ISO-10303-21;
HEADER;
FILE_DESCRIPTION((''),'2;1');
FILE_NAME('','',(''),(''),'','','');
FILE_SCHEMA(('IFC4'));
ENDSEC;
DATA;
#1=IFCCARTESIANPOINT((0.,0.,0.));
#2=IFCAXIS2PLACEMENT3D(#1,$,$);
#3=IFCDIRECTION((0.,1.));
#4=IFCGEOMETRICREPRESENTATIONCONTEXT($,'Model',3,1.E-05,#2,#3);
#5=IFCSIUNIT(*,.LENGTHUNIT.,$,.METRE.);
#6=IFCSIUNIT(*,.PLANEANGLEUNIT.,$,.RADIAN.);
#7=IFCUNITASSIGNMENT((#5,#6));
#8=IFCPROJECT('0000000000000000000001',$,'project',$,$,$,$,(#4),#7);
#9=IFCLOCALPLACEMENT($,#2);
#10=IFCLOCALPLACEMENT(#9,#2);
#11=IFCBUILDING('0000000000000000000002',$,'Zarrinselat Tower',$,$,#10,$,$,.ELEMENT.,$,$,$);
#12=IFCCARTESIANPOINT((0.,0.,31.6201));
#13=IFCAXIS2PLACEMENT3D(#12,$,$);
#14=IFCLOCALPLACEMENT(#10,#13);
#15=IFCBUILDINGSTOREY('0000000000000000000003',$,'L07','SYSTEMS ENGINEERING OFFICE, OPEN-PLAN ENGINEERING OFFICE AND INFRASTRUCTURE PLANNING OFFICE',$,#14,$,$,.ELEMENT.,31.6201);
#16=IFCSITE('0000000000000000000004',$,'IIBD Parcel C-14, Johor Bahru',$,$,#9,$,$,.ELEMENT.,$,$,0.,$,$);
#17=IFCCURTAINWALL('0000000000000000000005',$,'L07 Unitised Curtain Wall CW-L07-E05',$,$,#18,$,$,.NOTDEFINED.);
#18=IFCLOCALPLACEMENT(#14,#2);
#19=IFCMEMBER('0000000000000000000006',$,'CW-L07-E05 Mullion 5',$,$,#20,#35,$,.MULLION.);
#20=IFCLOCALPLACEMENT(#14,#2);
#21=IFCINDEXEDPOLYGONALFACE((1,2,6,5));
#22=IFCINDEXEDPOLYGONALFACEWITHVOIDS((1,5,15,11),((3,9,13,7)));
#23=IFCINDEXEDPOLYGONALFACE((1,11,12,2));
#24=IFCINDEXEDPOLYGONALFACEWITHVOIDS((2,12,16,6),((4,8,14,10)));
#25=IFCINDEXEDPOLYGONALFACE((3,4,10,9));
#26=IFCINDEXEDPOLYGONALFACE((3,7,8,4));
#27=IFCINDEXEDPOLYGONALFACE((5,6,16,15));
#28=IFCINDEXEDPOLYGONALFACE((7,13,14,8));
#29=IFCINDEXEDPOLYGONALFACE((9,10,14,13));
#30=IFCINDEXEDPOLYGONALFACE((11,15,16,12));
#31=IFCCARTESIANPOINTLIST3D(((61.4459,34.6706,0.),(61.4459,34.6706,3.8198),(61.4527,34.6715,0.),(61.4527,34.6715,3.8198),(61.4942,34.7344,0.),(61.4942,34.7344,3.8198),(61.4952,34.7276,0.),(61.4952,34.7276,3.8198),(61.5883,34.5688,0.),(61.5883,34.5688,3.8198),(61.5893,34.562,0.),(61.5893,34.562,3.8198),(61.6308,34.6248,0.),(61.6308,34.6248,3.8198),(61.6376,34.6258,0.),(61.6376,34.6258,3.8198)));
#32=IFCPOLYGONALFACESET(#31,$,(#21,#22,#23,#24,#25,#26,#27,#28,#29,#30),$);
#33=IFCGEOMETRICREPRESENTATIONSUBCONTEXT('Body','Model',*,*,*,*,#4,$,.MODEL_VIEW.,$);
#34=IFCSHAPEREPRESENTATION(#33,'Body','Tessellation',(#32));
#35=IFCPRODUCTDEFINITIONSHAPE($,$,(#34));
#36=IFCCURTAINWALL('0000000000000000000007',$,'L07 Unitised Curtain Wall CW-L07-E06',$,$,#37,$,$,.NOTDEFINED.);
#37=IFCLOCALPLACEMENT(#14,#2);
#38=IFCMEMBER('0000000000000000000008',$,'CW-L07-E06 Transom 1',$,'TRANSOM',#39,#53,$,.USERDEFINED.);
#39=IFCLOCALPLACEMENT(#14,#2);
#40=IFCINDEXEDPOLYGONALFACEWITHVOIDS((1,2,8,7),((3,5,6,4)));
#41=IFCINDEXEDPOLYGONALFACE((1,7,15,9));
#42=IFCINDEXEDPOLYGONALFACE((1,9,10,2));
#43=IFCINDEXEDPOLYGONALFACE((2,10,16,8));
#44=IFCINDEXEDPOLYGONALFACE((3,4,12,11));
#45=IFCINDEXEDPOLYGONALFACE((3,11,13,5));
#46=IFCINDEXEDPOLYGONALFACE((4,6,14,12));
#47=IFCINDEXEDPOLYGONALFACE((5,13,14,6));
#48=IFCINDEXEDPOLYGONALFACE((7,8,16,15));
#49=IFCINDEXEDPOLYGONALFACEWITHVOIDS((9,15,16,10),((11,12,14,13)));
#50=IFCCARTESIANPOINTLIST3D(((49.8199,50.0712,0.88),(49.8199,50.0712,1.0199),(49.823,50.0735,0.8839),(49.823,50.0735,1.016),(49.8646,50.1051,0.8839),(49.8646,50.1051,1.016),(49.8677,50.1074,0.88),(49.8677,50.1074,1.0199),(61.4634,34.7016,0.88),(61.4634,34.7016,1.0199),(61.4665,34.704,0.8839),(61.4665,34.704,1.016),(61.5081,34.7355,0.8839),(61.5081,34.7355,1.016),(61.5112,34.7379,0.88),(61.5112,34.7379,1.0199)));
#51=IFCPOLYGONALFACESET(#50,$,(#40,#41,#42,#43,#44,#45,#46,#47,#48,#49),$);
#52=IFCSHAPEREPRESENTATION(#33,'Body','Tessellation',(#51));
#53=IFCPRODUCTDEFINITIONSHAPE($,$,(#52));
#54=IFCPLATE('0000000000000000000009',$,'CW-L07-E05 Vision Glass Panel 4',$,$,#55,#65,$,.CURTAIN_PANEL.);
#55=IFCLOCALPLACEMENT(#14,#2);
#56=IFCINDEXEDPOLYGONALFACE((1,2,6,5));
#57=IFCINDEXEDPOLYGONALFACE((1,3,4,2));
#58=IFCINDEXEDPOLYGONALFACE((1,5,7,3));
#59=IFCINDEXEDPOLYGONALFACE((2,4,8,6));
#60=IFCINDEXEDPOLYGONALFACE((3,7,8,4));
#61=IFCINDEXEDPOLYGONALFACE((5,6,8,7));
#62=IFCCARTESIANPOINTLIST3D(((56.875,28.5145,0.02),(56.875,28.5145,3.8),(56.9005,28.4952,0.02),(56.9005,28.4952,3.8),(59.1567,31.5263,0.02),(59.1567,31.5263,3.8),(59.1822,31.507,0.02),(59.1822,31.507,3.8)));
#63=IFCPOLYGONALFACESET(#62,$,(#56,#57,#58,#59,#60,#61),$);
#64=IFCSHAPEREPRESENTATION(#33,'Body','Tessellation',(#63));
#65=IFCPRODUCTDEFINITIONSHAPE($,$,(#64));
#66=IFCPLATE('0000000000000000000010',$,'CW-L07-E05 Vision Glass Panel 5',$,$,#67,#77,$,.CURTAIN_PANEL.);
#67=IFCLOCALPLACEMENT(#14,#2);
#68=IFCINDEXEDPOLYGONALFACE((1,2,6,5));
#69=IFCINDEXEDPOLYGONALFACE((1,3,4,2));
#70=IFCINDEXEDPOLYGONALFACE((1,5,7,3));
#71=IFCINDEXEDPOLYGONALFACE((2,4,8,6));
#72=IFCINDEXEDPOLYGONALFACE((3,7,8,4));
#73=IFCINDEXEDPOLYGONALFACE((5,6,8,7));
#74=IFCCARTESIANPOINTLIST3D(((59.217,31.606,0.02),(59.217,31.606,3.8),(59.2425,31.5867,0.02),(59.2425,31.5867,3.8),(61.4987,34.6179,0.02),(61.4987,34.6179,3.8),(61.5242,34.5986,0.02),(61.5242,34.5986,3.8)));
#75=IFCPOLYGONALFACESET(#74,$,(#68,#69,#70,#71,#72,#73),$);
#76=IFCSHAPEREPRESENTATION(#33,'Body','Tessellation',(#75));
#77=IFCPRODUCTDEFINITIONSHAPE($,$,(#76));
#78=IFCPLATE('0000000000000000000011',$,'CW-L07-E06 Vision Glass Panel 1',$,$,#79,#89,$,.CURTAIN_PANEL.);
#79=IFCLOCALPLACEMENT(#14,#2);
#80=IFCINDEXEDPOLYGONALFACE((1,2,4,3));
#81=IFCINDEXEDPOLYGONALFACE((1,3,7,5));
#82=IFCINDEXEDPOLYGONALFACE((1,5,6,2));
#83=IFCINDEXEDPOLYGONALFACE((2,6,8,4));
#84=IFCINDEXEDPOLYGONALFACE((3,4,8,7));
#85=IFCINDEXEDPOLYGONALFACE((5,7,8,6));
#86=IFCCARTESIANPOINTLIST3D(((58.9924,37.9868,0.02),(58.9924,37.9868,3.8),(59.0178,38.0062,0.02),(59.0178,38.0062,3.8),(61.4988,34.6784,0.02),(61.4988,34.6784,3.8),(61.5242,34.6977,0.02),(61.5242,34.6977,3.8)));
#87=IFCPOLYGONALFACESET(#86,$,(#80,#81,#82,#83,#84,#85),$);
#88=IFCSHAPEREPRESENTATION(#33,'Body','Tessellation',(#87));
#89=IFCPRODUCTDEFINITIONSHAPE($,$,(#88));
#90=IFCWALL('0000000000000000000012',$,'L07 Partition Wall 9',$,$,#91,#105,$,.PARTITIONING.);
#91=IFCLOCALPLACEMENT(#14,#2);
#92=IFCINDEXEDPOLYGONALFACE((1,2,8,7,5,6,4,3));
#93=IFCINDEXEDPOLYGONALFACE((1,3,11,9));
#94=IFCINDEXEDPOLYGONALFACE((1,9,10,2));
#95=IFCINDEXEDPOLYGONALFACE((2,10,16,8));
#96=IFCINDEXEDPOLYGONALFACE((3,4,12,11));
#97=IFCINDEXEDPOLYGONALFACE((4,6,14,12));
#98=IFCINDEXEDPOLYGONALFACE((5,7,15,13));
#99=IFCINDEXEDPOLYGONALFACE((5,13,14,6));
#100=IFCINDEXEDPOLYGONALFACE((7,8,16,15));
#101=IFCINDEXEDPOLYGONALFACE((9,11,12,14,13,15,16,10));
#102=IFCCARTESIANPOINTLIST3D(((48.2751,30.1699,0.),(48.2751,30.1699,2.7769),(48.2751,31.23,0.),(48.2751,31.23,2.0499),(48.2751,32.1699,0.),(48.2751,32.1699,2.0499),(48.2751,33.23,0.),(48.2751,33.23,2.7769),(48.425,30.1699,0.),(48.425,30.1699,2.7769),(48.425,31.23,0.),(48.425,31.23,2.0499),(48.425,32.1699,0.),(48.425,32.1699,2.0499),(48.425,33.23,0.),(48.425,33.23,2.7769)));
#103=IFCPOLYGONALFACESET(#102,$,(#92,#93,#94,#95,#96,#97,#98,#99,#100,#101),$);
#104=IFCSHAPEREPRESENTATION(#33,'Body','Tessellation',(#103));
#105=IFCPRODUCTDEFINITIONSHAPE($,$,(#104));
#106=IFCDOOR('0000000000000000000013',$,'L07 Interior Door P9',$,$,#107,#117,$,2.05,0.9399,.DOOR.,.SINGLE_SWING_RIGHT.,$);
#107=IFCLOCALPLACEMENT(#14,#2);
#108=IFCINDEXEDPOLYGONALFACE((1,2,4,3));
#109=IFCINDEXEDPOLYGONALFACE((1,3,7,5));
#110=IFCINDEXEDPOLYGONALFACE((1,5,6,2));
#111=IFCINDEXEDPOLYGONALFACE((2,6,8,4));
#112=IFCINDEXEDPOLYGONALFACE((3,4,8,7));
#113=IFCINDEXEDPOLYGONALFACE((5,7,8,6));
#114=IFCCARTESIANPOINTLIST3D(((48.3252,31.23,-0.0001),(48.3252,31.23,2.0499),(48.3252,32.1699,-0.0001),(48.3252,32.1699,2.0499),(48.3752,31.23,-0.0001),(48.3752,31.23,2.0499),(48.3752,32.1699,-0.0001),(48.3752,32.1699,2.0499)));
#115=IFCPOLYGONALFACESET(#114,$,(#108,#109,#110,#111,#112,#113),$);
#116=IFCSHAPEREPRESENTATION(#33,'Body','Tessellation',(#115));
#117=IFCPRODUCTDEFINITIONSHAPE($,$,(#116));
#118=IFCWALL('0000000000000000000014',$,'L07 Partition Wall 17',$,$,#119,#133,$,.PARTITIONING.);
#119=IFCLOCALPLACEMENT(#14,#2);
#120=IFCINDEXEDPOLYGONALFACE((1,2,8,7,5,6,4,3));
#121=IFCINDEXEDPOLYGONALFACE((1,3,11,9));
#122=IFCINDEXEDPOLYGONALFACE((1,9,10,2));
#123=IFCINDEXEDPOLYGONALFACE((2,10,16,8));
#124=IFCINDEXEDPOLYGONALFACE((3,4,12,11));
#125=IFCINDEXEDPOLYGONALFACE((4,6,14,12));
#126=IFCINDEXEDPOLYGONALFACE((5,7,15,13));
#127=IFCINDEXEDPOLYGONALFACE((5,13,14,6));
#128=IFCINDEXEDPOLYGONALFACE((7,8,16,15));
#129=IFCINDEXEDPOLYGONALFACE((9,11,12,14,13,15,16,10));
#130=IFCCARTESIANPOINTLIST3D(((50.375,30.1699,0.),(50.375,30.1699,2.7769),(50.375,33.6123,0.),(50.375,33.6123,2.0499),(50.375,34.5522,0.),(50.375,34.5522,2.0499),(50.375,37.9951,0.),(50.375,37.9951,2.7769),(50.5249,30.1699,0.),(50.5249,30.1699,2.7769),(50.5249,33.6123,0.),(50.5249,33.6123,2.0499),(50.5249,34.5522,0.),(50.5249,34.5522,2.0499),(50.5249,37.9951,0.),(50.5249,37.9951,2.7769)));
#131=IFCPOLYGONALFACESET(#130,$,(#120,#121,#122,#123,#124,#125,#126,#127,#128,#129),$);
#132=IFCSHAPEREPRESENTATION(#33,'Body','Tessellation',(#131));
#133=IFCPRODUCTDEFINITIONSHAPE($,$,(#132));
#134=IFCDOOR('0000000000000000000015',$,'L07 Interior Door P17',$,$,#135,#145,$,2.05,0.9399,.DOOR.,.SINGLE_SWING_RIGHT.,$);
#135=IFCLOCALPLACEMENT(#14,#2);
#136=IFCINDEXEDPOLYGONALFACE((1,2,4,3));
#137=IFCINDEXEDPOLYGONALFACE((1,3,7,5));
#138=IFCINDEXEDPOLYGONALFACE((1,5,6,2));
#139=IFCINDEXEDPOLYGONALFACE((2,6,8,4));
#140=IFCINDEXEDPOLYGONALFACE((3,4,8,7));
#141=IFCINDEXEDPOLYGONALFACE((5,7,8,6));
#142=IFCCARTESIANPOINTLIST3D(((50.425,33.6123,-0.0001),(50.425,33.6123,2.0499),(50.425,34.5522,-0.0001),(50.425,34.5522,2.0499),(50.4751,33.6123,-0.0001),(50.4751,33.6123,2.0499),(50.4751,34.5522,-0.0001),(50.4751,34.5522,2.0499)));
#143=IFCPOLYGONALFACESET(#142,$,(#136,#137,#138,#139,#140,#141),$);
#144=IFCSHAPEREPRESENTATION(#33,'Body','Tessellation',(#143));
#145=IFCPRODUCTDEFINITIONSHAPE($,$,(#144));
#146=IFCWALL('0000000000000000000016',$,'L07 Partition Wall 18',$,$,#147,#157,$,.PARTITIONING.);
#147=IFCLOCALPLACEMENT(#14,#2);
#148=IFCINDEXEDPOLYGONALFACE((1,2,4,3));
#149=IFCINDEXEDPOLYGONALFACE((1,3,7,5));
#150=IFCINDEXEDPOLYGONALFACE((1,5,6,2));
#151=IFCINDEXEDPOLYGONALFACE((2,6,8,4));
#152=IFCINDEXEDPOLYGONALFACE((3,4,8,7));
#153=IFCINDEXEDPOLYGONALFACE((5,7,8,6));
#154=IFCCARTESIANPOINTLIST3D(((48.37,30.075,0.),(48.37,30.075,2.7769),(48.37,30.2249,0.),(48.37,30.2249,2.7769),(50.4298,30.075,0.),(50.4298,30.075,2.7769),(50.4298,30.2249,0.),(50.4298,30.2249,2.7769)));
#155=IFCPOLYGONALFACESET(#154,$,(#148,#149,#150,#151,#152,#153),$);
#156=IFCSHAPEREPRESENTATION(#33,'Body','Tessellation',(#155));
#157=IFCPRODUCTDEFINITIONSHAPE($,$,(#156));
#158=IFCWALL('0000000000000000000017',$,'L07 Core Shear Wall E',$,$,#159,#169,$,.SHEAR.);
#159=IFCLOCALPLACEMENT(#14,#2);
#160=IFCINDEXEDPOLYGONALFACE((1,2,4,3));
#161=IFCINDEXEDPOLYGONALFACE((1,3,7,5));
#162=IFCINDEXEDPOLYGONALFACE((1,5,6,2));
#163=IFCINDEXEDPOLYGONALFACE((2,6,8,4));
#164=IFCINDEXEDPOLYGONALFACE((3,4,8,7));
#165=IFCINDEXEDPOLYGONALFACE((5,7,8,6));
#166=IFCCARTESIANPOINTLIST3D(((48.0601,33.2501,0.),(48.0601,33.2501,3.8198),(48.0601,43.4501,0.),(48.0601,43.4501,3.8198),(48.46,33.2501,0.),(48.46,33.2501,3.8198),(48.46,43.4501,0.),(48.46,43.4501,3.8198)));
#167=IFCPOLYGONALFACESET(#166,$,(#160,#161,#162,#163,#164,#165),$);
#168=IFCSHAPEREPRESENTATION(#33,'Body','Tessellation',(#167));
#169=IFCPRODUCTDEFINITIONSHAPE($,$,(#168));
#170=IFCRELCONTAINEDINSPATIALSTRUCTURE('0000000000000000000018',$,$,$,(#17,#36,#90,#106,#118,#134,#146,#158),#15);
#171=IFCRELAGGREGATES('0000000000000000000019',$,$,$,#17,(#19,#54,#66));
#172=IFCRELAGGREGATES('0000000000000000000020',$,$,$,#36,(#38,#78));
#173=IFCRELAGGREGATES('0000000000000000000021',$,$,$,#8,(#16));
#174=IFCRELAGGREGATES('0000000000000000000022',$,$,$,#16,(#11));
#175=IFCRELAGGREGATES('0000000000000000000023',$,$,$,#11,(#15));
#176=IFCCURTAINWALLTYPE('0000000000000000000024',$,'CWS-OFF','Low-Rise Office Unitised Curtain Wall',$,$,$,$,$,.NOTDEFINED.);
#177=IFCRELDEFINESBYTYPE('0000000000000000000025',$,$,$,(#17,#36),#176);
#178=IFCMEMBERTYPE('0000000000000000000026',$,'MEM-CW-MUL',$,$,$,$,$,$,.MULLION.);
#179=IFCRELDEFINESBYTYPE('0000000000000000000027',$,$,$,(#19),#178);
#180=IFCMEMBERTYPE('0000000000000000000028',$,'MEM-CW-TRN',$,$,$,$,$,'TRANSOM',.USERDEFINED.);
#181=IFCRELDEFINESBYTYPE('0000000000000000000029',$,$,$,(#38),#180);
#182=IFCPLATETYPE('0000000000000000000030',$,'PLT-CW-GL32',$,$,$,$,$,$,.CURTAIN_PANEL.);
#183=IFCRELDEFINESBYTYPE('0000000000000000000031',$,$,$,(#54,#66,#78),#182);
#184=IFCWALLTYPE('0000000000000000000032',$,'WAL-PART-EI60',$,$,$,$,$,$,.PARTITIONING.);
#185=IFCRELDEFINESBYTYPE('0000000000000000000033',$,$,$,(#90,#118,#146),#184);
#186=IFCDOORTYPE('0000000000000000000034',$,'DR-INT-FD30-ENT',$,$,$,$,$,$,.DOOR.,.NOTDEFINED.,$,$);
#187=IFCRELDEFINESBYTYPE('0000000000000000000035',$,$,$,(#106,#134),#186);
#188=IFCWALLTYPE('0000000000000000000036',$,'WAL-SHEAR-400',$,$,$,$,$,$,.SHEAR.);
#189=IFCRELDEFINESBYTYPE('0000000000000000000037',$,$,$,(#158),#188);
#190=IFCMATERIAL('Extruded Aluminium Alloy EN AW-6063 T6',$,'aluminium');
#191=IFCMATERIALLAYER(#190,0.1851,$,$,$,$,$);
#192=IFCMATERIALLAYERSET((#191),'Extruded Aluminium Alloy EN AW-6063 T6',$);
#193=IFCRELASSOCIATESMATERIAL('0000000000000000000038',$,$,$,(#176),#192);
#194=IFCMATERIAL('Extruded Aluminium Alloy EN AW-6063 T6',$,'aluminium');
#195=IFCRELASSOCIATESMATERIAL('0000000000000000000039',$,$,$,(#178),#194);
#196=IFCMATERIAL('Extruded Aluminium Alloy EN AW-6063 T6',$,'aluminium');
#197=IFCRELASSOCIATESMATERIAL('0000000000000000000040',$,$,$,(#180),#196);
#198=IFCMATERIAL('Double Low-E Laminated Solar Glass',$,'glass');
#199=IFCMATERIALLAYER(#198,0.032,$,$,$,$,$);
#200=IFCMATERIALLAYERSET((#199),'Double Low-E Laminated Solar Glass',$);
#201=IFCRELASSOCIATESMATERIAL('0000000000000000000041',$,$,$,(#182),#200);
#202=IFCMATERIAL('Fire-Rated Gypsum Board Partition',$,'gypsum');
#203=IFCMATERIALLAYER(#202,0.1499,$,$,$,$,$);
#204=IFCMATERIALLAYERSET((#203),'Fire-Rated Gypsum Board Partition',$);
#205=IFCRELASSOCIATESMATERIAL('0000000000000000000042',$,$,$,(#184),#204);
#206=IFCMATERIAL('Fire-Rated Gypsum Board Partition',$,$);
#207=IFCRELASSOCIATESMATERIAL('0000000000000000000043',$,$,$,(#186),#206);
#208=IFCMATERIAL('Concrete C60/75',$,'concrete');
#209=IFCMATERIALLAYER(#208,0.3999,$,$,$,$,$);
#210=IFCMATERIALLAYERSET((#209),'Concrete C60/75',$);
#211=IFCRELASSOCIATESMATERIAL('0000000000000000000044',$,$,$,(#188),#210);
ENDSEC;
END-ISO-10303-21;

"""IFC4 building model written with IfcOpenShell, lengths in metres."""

from ifc_helpers import new_model, si_unit, direction, frame, frame_2d, origin, origin_2d, place, context, subcontext, project, spatial, rectangle, hollow_rectangle, extrude, material, layer, layer_set, material_profile, profile_set, type_object, element, fill, aggregate, save


model = new_model("IFC4")

# Units and contexts
model_context = context("Model", 3, precision=1e-05, world=origin(), true_north=direction((0.0, 1.0)))
body_context = subcontext(model_context, "Body", "Model", "MODEL_VIEW")
ifc_project = project(units=[si_unit("LENGTHUNIT", "METRE"), si_unit("PLANEANGLEUNIT", "RADIAN")], contexts=[model_context])

# Site, building, storey
site_placement = place(None, origin())
site = spatial("IfcSite", under=ifc_project, at=site_placement, Name="IIBD Parcel C-14, Johor Bahru", CompositionType="ELEMENT", RefElevation=0.0)
building_placement = place(site_placement, origin())
building = spatial("IfcBuilding", under=site, at=building_placement, Name="Zarrinselat Tower", CompositionType="ELEMENT")
storey_placement = place(building_placement, frame((0.0, 0.0, 31.6201)))
storey = spatial("IfcBuildingStorey", under=building, at=storey_placement, Name="L07", Description="SYSTEMS ENGINEERING OFFICE, OPEN-PLAN ENGINEERING OFFICE AND INFRASTRUCTURE PLANNING OFFICE", CompositionType="ELEMENT", Elevation=31.6201)

# Curtain wall, member
ifc_material_1 = material(Name="Extruded Aluminium Alloy EN AW-6063 T6", Category="aluminium")
ifc_layer_1 = layer(ifc_material_1, 0.1851)
ifc_layer_set_1 = layer_set([ifc_layer_1], Name="Extruded Aluminium Alloy EN AW-6063 T6")
curtain_wall_type = type_object("IfcCurtainWallType", Name="CWS-OFF", Description="Low-Rise Office Unitised Curtain Wall", PredefinedType="NOTDEFINED", material=ifc_layer_set_1)
curtain_wall_1_placement = place(storey_placement, origin())
curtain_wall_1 = element("IfcCurtainWall", 1, at=curtain_wall_1_placement, inside=storey, type_object=curtain_wall_type, Name="L07 Unitised Curtain Wall CW-L07-E05", PredefinedType="NOTDEFINED")
ifc_material_2 = material(Name="Extruded Aluminium Alloy EN AW-6063 T6", Category="aluminium")
ifc_material_profile_1 = material_profile(ifc_material_2, hollow_rectangle(XDim=0.0801, YDim=0.1799, WallThickness=0.0049, at=origin_2d()), Name="RHS 180x80x5")
ifc_profile_set_1 = profile_set([ifc_material_profile_1], Name="Extruded Aluminium Alloy EN AW-6063 T6")
member_type_1 = type_object("IfcMemberType", Name="MEM-CW-MUL", PredefinedType="MULLION", material=ifc_profile_set_1)
member_1_placement = place(storey_placement, frame((61.5417, 34.6482, 0.0), z_axis=(0.0, 0.0, 1.0), x_axis=(0.603858, 0.797092, 0.0)))
member_1 = element("IfcMember", 2, at=member_1_placement, type_object=member_type_1, Name="CW-L07-E05 Mullion 5", PredefinedType="MULLION", context=body_context, shape_type="SweptSolid", body=[
    extrude(hollow_rectangle(XDim=0.0801, YDim=0.1799, WallThickness=0.0049, at=origin_2d()), origin(), (0.0, 0.0, 1.0), 3.8198),
])

# Curtain wall, member
curtain_wall_2_placement = place(storey_placement, origin())
curtain_wall_2 = element("IfcCurtainWall", 3, at=curtain_wall_2_placement, inside=storey, type_object=curtain_wall_type, Name="L07 Unitised Curtain Wall CW-L07-E06", PredefinedType="NOTDEFINED")
ifc_material_3 = material(Name="Extruded Aluminium Alloy EN AW-6063 T6", Category="aluminium")
ifc_material_profile_2 = material_profile(ifc_material_3, hollow_rectangle(XDim=0.0601, YDim=0.1399, WallThickness=0.0039, at=origin_2d()), Name="RHS 140x60x4")
ifc_profile_set_2 = profile_set([ifc_material_profile_2], Name="Extruded Aluminium Alloy EN AW-6063 T6")
member_type_2 = type_object("IfcMemberType", Name="MEM-CW-TRN", ElementType="TRANSOM", PredefinedType="USERDEFINED", material=ifc_profile_set_2)
member_2_placement = place(storey_placement, frame((61.4873, 34.7197, 0.95), z_axis=(-0.603854, 0.797095, 0.0), x_axis=(-0.797095, -0.603854, 0.0)))
member_2 = element("IfcMember", 4, at=member_2_placement, type_object=member_type_2, Name="CW-L07-E06 Transom 1", ObjectType="TRANSOM", PredefinedType="USERDEFINED", context=body_context, shape_type="SweptSolid", body=[
    extrude(hollow_rectangle(XDim=0.0601, YDim=0.1399, WallThickness=0.0039, at=origin_2d()), origin(), (0.0, 0.0, 1.0), 19.282),
])

# Plates
ifc_material_4 = material(Name="Double Low-E Laminated Solar Glass", Category="glass")
ifc_layer_2 = layer(ifc_material_4, 0.032)
ifc_layer_set_2 = layer_set([ifc_layer_2], Name="Double Low-E Laminated Solar Glass")
plate_type = type_object("IfcPlateType", Name="PLT-CW-GL32", PredefinedType="CURTAIN_PANEL", material=ifc_layer_set_2)
plate_1_placement = place(storey_placement, frame((58.0286, 30.0107, 0.02), z_axis=(0.0, 0.0, 1.0), x_axis=(0.603858, 0.797092, 0.0)))
plate_1 = element("IfcPlate", 5, at=plate_1_placement, type_object=plate_type, Name="CW-L07-E05 Vision Glass Panel 4", PredefinedType="CURTAIN_PANEL", context=body_context, shape_type="SweptSolid", body=[
    extrude(rectangle(XDim=3.7786, YDim=0.032, at=origin_2d()), origin(), (0.0, 0.0, 1.0), 3.78),
])
plate_2_placement = place(storey_placement, frame((60.3706, 33.1023, 0.02), z_axis=(0.0, 0.0, 1.0), x_axis=(0.603858, 0.797092, 0.0)))
plate_2 = element("IfcPlate", 6, at=plate_2_placement, type_object=plate_type, Name="CW-L07-E05 Vision Glass Panel 5", PredefinedType="CURTAIN_PANEL", context=body_context, shape_type="SweptSolid", body=[
    extrude(rectangle(XDim=3.7786, YDim=0.032, at=origin_2d()), origin(), (0.0, 0.0, 1.0), 3.78),
])
aggregate(curtain_wall_1, [member_1, plate_1, plate_2])
plate_3_placement = place(storey_placement, frame((60.2583, 36.3423, 0.02), z_axis=(0.0, 0.0, 1.0), x_axis=(-0.603859, 0.797091, 0.0)))
plate_3 = element("IfcPlate", 7, at=plate_3_placement, type_object=plate_type, Name="CW-L07-E06 Vision Glass Panel 1", PredefinedType="CURTAIN_PANEL", context=body_context, shape_type="SweptSolid", body=[
    extrude(rectangle(XDim=4.1506, YDim=0.032, at=origin_2d()), origin(), (0.0, 0.0, 1.0), 3.78),
])
aggregate(curtain_wall_2, [member_2, plate_3])

# Walls, openings, doors
ifc_material_5 = material(Name="Fire-Rated Gypsum Board Partition", Category="gypsum")
ifc_layer_3 = layer(ifc_material_5, 0.1499)
ifc_layer_set_3 = layer_set([ifc_layer_3], Name="Fire-Rated Gypsum Board Partition")
wall_type_1 = type_object("IfcWallType", Name="WAL-PART-EI60", PredefinedType="PARTITIONING", material=ifc_layer_set_3)
wall_1_placement = place(storey_placement, frame((48.3501, 30.1699, 0.0), z_axis=(0.0, 0.0, 1.0), x_axis=(0.0, 1.0, 0.0)))
wall_1 = element("IfcWall", 8, at=wall_1_placement, inside=storey, type_object=wall_type_1, Name="L07 Partition Wall 9", PredefinedType="PARTITIONING", context=body_context, shape_type="SweptSolid", body=[
    extrude(rectangle(XDim=3.0601, YDim=0.1499, at=frame_2d((1.53, 0.0))), origin(), (0.0, 0.0, 1.0), 2.7769),
])
opening_1_placement = place(wall_1_placement, frame((1.0601, 0.0, 0.0)))
opening_1 = element("IfcOpeningElement", 9, at=opening_1_placement, cuts=wall_1, PredefinedType="OPENING", context=body_context, shape_type="SweptSolid", body=[
    extrude(rectangle(XDim=0.9399, YDim=2.05, at=frame_2d((0.47, 1.0249))), frame((0.0, 0.085, 0.0), z_axis=(0.0, -1.0, 0.0), x_axis=(1.0, 0.0, 0.0)), (0.0, 0.0, 1.0), 0.1699),
])
ifc_material_6 = material(Name="Fire-Rated Gypsum Board Partition")
door_type = type_object("IfcDoorType", Name="DR-INT-FD30-ENT", OperationType="NOTDEFINED", PredefinedType="DOOR", material=ifc_material_6)
door_1_placement = place(opening_1_placement, origin())
door_1 = element("IfcDoor", 10, at=door_1_placement, inside=storey, type_object=door_type, Name="L07 Interior Door P9", OperationType="SINGLE_SWING_RIGHT", OverallHeight=2.05, OverallWidth=0.9399, PredefinedType="DOOR", context=body_context, shape_type="SweptSolid", body=[
    extrude(rectangle(XDim=0.9399, YDim=2.05, at=frame_2d((0.47, 1.0249))), frame((0.0, 0.0249, 0.0), z_axis=(0.0, -1.0, 0.0), x_axis=(1.0, 0.0, 0.0)), (0.0, 0.0, 1.0), 0.05),
])
fill(opening_1, door_1)
wall_2_placement = place(storey_placement, frame((50.45, 30.1699, 0.0), z_axis=(0.0, 0.0, 1.0), x_axis=(0.0, 1.0, 0.0)))
wall_2 = element("IfcWall", 11, at=wall_2_placement, inside=storey, type_object=wall_type_1, Name="L07 Partition Wall 17", PredefinedType="PARTITIONING", context=body_context, shape_type="SweptSolid", body=[
    extrude(rectangle(XDim=7.8252, YDim=0.1499, at=frame_2d((3.9126, 0.0))), origin(), (0.0, 0.0, 1.0), 2.7769),
])
opening_2_placement = place(wall_2_placement, frame((3.4424, 0.0, 0.0)))
opening_2 = element("IfcOpeningElement", 12, at=opening_2_placement, cuts=wall_2, PredefinedType="OPENING", context=body_context, shape_type="SweptSolid", body=[
    extrude(rectangle(XDim=0.9399, YDim=2.05, at=frame_2d((0.47, 1.0249))), frame((0.0, 0.085, 0.0), z_axis=(0.0, -1.0, 0.0), x_axis=(1.0, 0.0, 0.0)), (0.0, 0.0, 1.0), 0.1699),
])
door_2_placement = place(opening_2_placement, origin())
door_2 = element("IfcDoor", 13, at=door_2_placement, inside=storey, type_object=door_type, Name="L07 Interior Door P17", OperationType="SINGLE_SWING_RIGHT", OverallHeight=2.05, OverallWidth=0.9399, PredefinedType="DOOR", context=body_context, shape_type="SweptSolid", body=[
    extrude(rectangle(XDim=0.9399, YDim=2.05, at=frame_2d((0.47, 1.0249))), frame((0.0, 0.0249, 0.0), z_axis=(0.0, -1.0, 0.0), x_axis=(1.0, 0.0, 0.0)), (0.0, 0.0, 1.0), 0.05),
])
fill(opening_2, door_2)

# Walls
wall_3_placement = place(storey_placement, frame((48.3701, 30.1499, 0.0), z_axis=(0.0, 0.0, 1.0), x_axis=(1.0, 0.0, 0.0)))
element("IfcWall", 14, at=wall_3_placement, inside=storey, type_object=wall_type_1, Name="L07 Partition Wall 18", PredefinedType="PARTITIONING", context=body_context, shape_type="SweptSolid", body=[
    extrude(rectangle(XDim=2.0598, YDim=0.1499, at=frame_2d((1.0298, 0.0))), origin(), (0.0, 0.0, 1.0), 2.7769),
])
ifc_material_7 = material(Name="Concrete C60/75", Category="concrete")
ifc_layer_4 = layer(ifc_material_7, 0.3999)
ifc_layer_set_4 = layer_set([ifc_layer_4], Name="Concrete C60/75")
wall_type_2 = type_object("IfcWallType", Name="WAL-SHEAR-400", PredefinedType="SHEAR", material=ifc_layer_set_4)
wall_4_placement = place(storey_placement, frame((48.26, 33.25, 0.0), z_axis=(0.0, 0.0, 1.0), x_axis=(0.0, 1.0, 0.0)))
element("IfcWall", 15, at=wall_4_placement, inside=storey, type_object=wall_type_2, Name="L07 Core Shear Wall E", PredefinedType="SHEAR", context=body_context, shape_type="SweptSolid", body=[
    extrude(rectangle(XDim=10.2, YDim=0.3999, at=frame_2d((5.1001, 0.0))), origin(), (0.0, 0.0, 1.0), 3.8198),
])

save(model, "model.ifc")
